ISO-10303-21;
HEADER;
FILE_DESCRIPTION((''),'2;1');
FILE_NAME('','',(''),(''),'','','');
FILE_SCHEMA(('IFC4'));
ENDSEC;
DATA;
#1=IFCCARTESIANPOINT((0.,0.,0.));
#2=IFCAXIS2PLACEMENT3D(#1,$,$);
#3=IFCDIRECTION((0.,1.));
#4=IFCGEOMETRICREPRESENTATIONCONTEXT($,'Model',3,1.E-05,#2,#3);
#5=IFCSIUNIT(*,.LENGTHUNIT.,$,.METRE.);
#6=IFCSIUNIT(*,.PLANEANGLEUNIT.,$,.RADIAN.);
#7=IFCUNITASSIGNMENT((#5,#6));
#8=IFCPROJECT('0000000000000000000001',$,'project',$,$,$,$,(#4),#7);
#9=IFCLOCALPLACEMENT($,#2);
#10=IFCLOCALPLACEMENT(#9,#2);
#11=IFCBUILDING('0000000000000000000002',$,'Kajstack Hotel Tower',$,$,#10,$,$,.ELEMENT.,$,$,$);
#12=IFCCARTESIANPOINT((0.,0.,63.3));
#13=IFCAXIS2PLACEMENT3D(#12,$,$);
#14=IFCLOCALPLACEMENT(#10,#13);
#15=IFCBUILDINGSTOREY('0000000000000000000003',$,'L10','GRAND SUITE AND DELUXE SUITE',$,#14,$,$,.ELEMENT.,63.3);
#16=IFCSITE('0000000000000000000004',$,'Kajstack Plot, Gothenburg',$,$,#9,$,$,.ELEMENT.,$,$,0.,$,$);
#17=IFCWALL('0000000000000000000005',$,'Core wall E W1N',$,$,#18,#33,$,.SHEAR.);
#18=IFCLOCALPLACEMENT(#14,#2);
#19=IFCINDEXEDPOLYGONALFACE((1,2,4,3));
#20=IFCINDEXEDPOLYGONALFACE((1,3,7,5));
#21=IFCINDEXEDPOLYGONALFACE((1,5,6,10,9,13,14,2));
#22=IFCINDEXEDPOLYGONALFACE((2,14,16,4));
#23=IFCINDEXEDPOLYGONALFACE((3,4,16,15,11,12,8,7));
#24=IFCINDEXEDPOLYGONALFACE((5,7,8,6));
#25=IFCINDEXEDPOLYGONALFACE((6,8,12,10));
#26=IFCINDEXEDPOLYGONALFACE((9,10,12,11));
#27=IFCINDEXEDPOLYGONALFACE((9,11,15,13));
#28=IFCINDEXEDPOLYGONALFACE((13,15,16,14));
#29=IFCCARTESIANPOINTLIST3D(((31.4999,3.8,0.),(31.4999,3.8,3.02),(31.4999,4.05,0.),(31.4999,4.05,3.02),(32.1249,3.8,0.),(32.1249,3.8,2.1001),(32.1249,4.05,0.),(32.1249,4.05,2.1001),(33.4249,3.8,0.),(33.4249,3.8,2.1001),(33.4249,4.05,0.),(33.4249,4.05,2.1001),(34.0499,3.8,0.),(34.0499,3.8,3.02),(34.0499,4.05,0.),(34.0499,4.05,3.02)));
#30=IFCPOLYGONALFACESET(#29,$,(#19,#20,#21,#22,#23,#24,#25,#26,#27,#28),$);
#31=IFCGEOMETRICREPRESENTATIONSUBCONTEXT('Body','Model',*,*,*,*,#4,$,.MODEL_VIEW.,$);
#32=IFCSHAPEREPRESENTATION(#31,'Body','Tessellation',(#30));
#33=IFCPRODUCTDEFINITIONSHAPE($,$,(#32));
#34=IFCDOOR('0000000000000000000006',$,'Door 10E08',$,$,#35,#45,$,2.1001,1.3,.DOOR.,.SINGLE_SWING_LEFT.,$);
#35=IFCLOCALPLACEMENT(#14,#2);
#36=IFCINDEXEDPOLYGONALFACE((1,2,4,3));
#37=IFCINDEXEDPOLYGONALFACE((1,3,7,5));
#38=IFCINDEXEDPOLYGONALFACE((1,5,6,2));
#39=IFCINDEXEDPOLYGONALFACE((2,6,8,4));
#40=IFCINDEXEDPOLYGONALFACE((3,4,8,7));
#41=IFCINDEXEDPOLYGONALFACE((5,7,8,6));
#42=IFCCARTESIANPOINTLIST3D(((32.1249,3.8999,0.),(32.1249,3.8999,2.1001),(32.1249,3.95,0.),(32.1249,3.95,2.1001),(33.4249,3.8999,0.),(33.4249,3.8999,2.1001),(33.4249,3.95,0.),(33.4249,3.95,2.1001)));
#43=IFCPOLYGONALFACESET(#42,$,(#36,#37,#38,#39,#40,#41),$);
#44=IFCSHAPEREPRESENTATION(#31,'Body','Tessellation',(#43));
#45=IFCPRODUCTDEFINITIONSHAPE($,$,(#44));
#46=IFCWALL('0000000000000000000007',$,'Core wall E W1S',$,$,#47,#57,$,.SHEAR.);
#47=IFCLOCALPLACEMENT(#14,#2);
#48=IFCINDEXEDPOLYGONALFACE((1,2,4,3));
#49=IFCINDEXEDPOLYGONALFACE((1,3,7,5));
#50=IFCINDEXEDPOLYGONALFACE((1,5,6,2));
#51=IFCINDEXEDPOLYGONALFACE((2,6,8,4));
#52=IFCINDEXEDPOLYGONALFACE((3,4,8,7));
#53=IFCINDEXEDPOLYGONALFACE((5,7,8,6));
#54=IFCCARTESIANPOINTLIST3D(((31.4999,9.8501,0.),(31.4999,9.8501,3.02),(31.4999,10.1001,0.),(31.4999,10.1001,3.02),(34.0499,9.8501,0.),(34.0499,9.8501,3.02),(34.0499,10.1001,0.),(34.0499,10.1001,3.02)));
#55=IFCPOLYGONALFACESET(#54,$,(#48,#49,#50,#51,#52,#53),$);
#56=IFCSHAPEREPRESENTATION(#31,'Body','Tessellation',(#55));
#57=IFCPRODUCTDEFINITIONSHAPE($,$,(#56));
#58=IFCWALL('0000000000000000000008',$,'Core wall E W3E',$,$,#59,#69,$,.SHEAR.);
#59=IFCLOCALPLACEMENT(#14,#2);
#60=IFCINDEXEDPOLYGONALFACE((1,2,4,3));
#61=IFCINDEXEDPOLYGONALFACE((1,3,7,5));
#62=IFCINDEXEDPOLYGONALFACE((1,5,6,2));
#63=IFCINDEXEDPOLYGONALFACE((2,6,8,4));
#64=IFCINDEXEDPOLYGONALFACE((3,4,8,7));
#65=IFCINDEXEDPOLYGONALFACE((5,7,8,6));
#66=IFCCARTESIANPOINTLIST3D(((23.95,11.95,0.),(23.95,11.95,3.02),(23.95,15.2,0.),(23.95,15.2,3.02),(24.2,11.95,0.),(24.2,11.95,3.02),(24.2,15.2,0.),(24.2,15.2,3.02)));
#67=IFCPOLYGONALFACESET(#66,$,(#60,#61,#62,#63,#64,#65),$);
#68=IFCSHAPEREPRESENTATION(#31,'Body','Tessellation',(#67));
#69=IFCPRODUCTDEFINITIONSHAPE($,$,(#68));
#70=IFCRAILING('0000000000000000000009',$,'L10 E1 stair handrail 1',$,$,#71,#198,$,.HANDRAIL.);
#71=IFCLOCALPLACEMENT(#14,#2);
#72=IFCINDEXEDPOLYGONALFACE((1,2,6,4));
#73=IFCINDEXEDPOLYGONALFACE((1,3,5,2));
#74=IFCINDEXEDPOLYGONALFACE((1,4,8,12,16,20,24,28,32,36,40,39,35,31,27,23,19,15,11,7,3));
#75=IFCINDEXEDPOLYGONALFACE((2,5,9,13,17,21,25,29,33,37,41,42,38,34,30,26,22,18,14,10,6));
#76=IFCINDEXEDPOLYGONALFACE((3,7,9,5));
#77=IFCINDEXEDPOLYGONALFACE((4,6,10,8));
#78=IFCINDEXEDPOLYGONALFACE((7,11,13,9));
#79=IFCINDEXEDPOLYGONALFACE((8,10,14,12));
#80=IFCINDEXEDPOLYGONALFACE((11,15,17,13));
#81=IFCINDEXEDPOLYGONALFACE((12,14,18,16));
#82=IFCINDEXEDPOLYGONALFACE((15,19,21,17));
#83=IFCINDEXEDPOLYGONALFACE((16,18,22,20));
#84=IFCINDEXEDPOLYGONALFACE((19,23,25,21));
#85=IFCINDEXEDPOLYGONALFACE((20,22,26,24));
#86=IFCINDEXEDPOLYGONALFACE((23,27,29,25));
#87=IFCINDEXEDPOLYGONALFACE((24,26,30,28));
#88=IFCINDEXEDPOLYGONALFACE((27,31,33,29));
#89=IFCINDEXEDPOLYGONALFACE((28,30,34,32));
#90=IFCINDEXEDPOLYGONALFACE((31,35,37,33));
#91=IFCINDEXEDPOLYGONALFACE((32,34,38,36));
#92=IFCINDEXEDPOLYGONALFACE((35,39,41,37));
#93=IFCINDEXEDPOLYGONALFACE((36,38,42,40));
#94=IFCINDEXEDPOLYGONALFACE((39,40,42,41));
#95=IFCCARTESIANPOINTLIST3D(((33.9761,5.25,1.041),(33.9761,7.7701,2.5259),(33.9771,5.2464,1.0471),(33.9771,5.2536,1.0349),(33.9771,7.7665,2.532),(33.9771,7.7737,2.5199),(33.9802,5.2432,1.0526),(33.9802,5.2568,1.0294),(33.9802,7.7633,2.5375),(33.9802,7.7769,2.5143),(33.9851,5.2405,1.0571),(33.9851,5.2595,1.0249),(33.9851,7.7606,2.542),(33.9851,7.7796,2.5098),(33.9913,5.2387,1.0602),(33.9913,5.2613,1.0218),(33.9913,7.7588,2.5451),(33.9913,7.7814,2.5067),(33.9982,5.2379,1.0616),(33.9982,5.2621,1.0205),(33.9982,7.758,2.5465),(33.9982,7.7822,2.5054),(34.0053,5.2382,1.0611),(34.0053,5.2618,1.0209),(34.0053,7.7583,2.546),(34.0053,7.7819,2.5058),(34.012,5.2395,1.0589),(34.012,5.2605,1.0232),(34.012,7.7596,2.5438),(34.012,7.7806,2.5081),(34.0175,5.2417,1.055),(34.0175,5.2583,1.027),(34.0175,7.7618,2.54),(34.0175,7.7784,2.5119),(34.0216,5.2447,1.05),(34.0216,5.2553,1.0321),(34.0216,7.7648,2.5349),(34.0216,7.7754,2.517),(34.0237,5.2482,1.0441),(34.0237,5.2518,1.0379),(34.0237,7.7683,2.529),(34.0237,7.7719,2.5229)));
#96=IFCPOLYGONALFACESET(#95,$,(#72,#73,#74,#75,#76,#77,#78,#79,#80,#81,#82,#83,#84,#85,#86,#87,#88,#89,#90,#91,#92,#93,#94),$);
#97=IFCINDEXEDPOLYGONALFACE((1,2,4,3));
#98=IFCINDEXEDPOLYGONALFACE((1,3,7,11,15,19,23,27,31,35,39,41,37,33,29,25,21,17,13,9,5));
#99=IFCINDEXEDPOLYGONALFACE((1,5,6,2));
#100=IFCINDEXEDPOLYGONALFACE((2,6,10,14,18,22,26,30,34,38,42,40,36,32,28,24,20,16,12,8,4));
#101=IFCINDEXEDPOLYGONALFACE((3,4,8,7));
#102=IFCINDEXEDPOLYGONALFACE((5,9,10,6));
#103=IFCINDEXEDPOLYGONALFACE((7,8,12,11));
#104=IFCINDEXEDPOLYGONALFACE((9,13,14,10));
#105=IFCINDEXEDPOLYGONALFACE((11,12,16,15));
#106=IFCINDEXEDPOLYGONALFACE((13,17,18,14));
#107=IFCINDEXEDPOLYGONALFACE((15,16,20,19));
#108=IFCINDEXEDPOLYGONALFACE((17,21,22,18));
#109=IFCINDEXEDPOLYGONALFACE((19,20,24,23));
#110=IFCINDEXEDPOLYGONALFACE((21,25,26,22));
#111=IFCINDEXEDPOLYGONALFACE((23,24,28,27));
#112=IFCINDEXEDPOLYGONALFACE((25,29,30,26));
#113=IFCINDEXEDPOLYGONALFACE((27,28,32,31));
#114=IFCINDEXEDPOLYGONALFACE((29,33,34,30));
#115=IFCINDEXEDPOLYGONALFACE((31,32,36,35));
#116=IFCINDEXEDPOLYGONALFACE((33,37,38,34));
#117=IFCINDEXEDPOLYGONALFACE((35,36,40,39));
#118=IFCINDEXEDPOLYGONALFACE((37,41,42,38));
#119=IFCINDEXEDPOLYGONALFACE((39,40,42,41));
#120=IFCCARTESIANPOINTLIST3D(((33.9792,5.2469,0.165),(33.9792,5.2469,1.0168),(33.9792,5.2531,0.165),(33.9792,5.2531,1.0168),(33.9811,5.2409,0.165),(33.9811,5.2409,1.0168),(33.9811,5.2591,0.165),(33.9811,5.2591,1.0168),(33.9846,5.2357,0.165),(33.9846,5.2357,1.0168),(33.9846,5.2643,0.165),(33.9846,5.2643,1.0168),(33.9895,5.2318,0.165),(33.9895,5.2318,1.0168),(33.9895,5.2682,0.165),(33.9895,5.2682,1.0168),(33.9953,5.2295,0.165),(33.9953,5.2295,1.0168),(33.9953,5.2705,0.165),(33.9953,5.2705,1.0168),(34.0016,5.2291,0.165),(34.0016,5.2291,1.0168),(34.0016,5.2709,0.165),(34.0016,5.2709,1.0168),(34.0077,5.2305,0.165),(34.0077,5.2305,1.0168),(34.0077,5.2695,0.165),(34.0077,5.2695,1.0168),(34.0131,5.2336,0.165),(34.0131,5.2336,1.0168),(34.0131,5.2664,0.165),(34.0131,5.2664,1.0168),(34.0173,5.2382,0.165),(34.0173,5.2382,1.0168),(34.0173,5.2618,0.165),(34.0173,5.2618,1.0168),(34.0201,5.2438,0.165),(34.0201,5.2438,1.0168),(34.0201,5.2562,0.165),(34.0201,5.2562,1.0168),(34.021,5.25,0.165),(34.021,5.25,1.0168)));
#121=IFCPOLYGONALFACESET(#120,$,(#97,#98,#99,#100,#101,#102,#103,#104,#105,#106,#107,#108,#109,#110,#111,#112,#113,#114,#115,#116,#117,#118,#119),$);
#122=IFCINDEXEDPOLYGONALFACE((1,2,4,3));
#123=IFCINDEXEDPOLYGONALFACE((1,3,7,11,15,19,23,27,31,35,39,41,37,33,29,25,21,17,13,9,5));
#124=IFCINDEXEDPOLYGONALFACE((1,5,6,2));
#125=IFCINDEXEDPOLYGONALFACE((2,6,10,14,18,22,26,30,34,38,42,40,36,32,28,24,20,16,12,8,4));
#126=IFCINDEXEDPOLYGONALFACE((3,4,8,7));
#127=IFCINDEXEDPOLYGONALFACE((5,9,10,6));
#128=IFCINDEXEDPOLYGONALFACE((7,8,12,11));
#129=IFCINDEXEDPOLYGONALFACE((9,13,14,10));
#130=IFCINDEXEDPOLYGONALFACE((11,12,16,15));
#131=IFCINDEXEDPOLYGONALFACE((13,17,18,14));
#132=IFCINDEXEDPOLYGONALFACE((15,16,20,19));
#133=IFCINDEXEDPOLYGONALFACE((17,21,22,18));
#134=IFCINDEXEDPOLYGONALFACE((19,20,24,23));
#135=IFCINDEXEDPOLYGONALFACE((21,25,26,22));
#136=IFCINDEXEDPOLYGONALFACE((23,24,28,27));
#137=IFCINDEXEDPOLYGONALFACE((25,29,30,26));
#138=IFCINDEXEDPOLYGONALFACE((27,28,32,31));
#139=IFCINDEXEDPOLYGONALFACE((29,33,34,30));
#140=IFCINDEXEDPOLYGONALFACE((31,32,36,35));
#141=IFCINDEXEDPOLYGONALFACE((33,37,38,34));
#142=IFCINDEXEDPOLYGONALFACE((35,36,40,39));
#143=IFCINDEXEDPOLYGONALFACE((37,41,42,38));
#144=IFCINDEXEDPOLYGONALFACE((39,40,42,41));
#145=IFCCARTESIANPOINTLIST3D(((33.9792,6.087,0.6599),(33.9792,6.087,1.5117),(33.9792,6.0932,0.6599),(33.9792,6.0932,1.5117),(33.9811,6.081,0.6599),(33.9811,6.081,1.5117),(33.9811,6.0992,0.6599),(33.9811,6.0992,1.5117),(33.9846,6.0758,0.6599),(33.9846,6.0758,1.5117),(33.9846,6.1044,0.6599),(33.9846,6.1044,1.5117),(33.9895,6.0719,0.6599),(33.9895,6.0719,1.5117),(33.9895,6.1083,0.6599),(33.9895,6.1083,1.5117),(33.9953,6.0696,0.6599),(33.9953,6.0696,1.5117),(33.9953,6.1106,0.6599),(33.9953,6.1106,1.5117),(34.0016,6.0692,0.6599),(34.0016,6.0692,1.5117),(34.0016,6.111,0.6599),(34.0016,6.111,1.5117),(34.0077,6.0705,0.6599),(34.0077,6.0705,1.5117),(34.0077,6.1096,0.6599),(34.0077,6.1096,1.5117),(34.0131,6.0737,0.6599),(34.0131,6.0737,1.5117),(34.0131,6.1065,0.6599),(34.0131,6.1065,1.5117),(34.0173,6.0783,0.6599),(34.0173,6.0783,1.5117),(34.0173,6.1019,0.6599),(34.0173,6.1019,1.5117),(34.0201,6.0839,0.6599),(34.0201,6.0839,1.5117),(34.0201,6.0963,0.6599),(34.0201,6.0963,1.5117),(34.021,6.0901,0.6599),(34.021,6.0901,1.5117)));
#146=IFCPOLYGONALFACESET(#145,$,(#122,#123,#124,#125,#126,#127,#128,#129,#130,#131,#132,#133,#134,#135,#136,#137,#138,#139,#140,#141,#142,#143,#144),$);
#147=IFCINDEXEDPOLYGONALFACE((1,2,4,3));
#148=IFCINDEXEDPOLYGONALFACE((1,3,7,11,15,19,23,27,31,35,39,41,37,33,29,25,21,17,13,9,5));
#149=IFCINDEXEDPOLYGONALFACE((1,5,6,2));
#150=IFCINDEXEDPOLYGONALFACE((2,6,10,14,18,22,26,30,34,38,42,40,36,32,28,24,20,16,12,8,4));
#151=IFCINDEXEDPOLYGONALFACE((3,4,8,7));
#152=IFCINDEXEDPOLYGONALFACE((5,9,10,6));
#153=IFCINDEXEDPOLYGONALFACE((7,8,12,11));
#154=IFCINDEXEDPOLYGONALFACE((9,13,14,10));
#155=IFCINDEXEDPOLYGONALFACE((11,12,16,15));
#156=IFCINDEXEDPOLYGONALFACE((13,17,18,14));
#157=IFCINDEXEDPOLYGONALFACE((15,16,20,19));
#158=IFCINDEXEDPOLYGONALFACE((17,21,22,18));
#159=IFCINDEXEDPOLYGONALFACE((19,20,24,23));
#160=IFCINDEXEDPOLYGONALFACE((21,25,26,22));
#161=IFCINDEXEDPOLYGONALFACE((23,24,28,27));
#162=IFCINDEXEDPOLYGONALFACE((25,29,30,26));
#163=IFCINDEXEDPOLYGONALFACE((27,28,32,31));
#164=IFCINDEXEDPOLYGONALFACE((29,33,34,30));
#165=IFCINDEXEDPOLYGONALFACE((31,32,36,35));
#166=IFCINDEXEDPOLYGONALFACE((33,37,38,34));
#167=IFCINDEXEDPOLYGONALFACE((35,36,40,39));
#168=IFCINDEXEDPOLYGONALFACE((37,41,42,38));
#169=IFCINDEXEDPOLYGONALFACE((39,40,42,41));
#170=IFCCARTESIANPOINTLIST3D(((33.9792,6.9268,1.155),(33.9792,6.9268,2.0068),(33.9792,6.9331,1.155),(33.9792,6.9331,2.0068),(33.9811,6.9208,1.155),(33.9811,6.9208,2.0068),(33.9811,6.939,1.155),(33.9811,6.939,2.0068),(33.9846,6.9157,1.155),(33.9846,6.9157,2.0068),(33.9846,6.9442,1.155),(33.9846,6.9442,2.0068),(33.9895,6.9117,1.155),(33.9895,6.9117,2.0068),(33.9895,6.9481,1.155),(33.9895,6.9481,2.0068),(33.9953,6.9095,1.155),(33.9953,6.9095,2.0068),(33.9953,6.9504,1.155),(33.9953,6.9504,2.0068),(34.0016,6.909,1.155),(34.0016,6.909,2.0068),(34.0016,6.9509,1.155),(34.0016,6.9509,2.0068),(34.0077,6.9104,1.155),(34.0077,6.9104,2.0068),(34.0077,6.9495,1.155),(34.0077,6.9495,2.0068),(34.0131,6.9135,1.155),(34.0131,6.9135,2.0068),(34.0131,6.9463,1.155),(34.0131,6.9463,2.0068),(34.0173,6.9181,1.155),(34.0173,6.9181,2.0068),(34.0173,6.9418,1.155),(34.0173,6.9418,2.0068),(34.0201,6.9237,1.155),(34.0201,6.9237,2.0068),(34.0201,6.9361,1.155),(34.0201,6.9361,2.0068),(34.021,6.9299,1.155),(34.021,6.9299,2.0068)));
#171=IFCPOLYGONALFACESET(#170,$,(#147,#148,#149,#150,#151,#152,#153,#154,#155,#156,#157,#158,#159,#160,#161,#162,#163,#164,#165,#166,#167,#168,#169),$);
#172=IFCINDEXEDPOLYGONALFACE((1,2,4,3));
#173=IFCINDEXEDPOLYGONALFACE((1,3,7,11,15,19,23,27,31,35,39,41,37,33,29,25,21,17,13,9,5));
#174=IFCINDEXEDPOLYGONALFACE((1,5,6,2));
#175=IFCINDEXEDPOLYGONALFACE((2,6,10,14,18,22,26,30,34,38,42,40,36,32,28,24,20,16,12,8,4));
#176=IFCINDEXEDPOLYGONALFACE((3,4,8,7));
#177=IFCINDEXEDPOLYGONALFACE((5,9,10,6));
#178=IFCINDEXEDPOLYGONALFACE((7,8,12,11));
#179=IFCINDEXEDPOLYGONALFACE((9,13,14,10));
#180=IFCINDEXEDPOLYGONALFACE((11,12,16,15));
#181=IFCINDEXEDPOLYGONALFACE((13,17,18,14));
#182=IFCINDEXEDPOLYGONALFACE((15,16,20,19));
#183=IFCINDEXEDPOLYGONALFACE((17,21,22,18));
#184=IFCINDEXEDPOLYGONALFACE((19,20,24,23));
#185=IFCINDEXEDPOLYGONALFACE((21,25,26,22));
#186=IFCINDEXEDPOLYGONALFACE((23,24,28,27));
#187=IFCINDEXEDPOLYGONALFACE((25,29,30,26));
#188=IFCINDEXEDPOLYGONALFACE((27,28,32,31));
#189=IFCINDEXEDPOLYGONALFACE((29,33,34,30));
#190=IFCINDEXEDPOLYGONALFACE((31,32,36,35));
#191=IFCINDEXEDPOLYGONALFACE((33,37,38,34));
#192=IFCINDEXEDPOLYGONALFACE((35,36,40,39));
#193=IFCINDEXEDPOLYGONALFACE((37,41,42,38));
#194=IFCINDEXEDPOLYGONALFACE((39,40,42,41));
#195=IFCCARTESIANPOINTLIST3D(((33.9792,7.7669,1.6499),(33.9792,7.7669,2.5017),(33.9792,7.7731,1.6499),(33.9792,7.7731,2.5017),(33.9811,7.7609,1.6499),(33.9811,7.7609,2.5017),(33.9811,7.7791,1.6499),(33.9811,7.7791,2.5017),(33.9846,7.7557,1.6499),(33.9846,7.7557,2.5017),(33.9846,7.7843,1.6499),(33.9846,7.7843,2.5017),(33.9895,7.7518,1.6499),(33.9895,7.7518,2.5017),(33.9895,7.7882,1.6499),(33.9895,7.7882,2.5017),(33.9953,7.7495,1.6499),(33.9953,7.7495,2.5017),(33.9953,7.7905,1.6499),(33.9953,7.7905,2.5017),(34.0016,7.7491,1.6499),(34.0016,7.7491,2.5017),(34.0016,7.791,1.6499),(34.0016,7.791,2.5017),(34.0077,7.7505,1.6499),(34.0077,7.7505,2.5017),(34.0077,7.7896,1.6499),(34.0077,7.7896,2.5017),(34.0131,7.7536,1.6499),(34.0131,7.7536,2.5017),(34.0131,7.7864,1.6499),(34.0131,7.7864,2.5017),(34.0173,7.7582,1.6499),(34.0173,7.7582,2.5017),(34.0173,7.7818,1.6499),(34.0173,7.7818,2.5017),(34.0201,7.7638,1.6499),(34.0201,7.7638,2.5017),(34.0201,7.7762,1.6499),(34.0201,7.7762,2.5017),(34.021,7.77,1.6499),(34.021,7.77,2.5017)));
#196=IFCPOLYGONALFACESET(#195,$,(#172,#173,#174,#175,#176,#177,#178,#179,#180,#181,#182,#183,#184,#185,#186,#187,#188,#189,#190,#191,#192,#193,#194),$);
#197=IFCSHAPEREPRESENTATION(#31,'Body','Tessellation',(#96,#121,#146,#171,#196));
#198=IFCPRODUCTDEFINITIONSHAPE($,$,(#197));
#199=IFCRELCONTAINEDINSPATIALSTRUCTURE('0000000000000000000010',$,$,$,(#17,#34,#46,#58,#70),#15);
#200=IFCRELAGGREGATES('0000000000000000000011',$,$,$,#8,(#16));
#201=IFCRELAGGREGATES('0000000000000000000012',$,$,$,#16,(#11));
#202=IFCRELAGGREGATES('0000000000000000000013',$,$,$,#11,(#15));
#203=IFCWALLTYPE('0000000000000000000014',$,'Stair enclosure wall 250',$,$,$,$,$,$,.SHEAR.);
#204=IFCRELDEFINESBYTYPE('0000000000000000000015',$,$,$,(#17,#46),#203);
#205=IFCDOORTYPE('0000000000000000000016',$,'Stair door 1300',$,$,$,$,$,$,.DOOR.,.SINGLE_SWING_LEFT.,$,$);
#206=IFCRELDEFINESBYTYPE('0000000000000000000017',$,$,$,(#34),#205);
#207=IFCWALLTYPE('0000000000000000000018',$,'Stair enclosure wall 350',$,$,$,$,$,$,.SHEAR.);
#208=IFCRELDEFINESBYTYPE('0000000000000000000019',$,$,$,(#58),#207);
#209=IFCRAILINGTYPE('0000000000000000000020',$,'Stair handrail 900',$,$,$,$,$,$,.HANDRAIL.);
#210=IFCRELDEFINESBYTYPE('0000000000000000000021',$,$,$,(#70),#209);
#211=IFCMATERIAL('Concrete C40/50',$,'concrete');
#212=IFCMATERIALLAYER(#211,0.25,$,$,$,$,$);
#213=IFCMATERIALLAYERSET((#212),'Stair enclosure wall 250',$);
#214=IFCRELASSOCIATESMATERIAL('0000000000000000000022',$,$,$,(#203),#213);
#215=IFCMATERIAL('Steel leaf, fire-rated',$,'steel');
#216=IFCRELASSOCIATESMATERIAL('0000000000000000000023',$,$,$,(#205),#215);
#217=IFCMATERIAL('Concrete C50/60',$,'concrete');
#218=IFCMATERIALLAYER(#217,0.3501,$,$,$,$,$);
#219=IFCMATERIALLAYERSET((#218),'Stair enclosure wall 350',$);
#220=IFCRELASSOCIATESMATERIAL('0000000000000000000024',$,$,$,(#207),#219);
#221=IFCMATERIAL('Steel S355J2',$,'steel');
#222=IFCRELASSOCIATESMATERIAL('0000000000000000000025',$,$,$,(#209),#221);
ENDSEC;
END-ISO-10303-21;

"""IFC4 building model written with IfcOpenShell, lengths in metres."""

from ifc_helpers import new_model, si_unit, direction, frame, frame_2d, origin, origin_2d, place, context, subcontext, project, spatial, rectangle, circle, extrude, material, layer, layer_set, type_object, element, fill, save


model = new_model("IFC4")

# Units and contexts
model_context = context("Model", 3, precision=1e-05, world=origin(), true_north=direction((0.0, 1.0)))
body_context = subcontext(model_context, "Body", "Model", "MODEL_VIEW")
ifc_project = project(units=[si_unit("LENGTHUNIT", "METRE"), si_unit("PLANEANGLEUNIT", "RADIAN")], contexts=[model_context])

# Site, building, storey
site_placement = place(None, origin())
site = spatial("IfcSite", under=ifc_project, at=site_placement, Name="Kajstack Plot, Gothenburg", CompositionType="ELEMENT", RefElevation=0.0)
building_placement = place(site_placement, origin())
building = spatial("IfcBuilding", under=site, at=building_placement, Name="Kajstack Hotel Tower", CompositionType="ELEMENT")
storey_placement = place(building_placement, frame((0.0, 0.0, 63.3)))
storey = spatial("IfcBuildingStorey", under=building, at=storey_placement, Name="L10", Description="GRAND SUITE AND DELUXE SUITE", CompositionType="ELEMENT", Elevation=63.3)

# Shared definitions
ifc_material_1 = material(Name="Concrete C40/50", Category="concrete")
ifc_material_2 = material(Name="Concrete C50/60", Category="concrete")

# Wall, opening, door
ifc_layer_1 = layer(ifc_material_1, 0.25)
ifc_layer_set_1 = layer_set([ifc_layer_1], Name="Stair enclosure wall 250")
wall_type_1 = type_object("IfcWallType", Name="Stair enclosure wall 250", PredefinedType="SHEAR", material=ifc_layer_set_1)
wall_1_placement = place(storey_placement, frame((31.5, 3.925, 0.0), z_axis=(0.0, 0.0, 1.0), x_axis=(1.0, 0.0, 0.0)))
wall_1 = element("IfcWall", 1, at=wall_1_placement, inside=storey, type_object=wall_type_1, Name="Core wall E W1N", PredefinedType="SHEAR", context=body_context, shape_type="SweptSolid", body=[
    extrude(rectangle(XDim=2.55, YDim=0.25, at=frame_2d((1.2749, 0.0))), origin(), (0.0, 0.0, 1.0), 3.02),
])
opening_1_placement = place(wall_1_placement, frame((0.625, 0.0, 0.0)))
opening_1 = element("IfcOpeningElement", 2, at=opening_1_placement, cuts=wall_1, PredefinedType="OPENING", context=body_context, shape_type="SweptSolid", body=[
    extrude(rectangle(XDim=1.3, YDim=2.1001, at=frame_2d((0.6499, 1.05))), frame((0.0, 0.135, 0.0), z_axis=(0.0, -1.0, 0.0), x_axis=(1.0, 0.0, 0.0)), (0.0, 0.0, 1.0), 0.27),
])
ifc_material_3 = material(Name="Steel leaf, fire-rated", Category="steel")
door_type_1 = type_object("IfcDoorType", Name="Stair door 1300", OperationType="SINGLE_SWING_LEFT", PredefinedType="DOOR", material=ifc_material_3)
door_1_placement = place(opening_1_placement, origin())
door_1 = element("IfcDoor", 3, at=door_1_placement, inside=storey, type_object=door_type_1, Name="Door 10E08", OperationType="SINGLE_SWING_LEFT", OverallHeight=2.1001, OverallWidth=1.3, PredefinedType="DOOR", context=body_context, shape_type="SweptSolid", body=[
    extrude(rectangle(XDim=1.3, YDim=2.1001, at=frame_2d((0.6499, 1.05))), frame((0.0, 0.0249, 0.0), z_axis=(0.0, -1.0, 0.0), x_axis=(1.0, 0.0, 0.0)), (0.0, 0.0, 1.0), 0.05),
])
fill(opening_1, door_1)

# Walls
wall_2_placement = place(storey_placement, frame((31.5, 9.9751, 0.0), z_axis=(0.0, 0.0, 1.0), x_axis=(1.0, 0.0, 0.0)))
element("IfcWall", 4, at=wall_2_placement, inside=storey, type_object=wall_type_1, Name="Core wall E W1S", PredefinedType="SHEAR", context=body_context, shape_type="SweptSolid", body=[
    extrude(rectangle(XDim=2.55, YDim=0.25, at=frame_2d((1.2749, 0.0))), origin(), (0.0, 0.0, 1.0), 3.02),
])
ifc_layer_2 = layer(ifc_material_2, 0.3501)
ifc_layer_set_2 = layer_set([ifc_layer_2], Name="Stair enclosure wall 350")
wall_type_2 = type_object("IfcWallType", Name="Stair enclosure wall 350", PredefinedType="SHEAR", material=ifc_layer_set_2)
wall_3_placement = place(storey_placement, frame((24.075, 11.95, 0.0), z_axis=(0.0, 0.0, 1.0), x_axis=(0.0, 1.0, 0.0)))
element("IfcWall", 5, at=wall_3_placement, inside=storey, type_object=wall_type_2, Name="Core wall E W3E", PredefinedType="SHEAR", context=body_context, shape_type="SweptSolid", body=[
    extrude(rectangle(XDim=3.25, YDim=0.25, at=frame_2d((1.625, 0.0))), origin(), (0.0, 0.0, 1.0), 3.02),
])

# Railing
ifc_material_4 = material(Name="Steel S355J2", Category="steel")
railing_type_1 = type_object("IfcRailingType", Name="Stair handrail 900", PredefinedType="HANDRAIL", material=ifc_material_4)
railing_1_placement = place(storey_placement, frame((34.0, 5.25, 0.165)))
element("IfcRailing", 6, at=railing_1_placement, inside=storey, type_object=railing_type_1, Name="L10 E1 stair handrail 1", PredefinedType="HANDRAIL", context=body_context, shape_type="SweptSolid", body=[
    extrude(circle(Radius=0.0239, at=origin_2d()), frame((0.0, 0.0, 0.876), z_axis=(0.0, 0.861561, 0.507655), x_axis=(-1.0, 0.0, 0.0)), (0.0, 0.0, 1.0), 2.925),
    extrude(circle(Radius=0.021, at=origin_2d()), origin(), (0.0, 0.0, 1.0), 0.8518),
    extrude(circle(Radius=0.021, at=origin_2d()), frame((0.0, 0.8401, 0.4949)), (0.0, 0.0, 1.0), 0.8518),
    extrude(circle(Radius=0.021, at=origin_2d()), frame((0.0, 1.6799, 0.99)), (0.0, 0.0, 1.0), 0.8518),
    extrude(circle(Radius=0.021, at=origin_2d()), frame((0.0, 2.52, 1.4849)), (0.0, 0.0, 1.0), 0.8518),
])

save(model, "model.ifc")
